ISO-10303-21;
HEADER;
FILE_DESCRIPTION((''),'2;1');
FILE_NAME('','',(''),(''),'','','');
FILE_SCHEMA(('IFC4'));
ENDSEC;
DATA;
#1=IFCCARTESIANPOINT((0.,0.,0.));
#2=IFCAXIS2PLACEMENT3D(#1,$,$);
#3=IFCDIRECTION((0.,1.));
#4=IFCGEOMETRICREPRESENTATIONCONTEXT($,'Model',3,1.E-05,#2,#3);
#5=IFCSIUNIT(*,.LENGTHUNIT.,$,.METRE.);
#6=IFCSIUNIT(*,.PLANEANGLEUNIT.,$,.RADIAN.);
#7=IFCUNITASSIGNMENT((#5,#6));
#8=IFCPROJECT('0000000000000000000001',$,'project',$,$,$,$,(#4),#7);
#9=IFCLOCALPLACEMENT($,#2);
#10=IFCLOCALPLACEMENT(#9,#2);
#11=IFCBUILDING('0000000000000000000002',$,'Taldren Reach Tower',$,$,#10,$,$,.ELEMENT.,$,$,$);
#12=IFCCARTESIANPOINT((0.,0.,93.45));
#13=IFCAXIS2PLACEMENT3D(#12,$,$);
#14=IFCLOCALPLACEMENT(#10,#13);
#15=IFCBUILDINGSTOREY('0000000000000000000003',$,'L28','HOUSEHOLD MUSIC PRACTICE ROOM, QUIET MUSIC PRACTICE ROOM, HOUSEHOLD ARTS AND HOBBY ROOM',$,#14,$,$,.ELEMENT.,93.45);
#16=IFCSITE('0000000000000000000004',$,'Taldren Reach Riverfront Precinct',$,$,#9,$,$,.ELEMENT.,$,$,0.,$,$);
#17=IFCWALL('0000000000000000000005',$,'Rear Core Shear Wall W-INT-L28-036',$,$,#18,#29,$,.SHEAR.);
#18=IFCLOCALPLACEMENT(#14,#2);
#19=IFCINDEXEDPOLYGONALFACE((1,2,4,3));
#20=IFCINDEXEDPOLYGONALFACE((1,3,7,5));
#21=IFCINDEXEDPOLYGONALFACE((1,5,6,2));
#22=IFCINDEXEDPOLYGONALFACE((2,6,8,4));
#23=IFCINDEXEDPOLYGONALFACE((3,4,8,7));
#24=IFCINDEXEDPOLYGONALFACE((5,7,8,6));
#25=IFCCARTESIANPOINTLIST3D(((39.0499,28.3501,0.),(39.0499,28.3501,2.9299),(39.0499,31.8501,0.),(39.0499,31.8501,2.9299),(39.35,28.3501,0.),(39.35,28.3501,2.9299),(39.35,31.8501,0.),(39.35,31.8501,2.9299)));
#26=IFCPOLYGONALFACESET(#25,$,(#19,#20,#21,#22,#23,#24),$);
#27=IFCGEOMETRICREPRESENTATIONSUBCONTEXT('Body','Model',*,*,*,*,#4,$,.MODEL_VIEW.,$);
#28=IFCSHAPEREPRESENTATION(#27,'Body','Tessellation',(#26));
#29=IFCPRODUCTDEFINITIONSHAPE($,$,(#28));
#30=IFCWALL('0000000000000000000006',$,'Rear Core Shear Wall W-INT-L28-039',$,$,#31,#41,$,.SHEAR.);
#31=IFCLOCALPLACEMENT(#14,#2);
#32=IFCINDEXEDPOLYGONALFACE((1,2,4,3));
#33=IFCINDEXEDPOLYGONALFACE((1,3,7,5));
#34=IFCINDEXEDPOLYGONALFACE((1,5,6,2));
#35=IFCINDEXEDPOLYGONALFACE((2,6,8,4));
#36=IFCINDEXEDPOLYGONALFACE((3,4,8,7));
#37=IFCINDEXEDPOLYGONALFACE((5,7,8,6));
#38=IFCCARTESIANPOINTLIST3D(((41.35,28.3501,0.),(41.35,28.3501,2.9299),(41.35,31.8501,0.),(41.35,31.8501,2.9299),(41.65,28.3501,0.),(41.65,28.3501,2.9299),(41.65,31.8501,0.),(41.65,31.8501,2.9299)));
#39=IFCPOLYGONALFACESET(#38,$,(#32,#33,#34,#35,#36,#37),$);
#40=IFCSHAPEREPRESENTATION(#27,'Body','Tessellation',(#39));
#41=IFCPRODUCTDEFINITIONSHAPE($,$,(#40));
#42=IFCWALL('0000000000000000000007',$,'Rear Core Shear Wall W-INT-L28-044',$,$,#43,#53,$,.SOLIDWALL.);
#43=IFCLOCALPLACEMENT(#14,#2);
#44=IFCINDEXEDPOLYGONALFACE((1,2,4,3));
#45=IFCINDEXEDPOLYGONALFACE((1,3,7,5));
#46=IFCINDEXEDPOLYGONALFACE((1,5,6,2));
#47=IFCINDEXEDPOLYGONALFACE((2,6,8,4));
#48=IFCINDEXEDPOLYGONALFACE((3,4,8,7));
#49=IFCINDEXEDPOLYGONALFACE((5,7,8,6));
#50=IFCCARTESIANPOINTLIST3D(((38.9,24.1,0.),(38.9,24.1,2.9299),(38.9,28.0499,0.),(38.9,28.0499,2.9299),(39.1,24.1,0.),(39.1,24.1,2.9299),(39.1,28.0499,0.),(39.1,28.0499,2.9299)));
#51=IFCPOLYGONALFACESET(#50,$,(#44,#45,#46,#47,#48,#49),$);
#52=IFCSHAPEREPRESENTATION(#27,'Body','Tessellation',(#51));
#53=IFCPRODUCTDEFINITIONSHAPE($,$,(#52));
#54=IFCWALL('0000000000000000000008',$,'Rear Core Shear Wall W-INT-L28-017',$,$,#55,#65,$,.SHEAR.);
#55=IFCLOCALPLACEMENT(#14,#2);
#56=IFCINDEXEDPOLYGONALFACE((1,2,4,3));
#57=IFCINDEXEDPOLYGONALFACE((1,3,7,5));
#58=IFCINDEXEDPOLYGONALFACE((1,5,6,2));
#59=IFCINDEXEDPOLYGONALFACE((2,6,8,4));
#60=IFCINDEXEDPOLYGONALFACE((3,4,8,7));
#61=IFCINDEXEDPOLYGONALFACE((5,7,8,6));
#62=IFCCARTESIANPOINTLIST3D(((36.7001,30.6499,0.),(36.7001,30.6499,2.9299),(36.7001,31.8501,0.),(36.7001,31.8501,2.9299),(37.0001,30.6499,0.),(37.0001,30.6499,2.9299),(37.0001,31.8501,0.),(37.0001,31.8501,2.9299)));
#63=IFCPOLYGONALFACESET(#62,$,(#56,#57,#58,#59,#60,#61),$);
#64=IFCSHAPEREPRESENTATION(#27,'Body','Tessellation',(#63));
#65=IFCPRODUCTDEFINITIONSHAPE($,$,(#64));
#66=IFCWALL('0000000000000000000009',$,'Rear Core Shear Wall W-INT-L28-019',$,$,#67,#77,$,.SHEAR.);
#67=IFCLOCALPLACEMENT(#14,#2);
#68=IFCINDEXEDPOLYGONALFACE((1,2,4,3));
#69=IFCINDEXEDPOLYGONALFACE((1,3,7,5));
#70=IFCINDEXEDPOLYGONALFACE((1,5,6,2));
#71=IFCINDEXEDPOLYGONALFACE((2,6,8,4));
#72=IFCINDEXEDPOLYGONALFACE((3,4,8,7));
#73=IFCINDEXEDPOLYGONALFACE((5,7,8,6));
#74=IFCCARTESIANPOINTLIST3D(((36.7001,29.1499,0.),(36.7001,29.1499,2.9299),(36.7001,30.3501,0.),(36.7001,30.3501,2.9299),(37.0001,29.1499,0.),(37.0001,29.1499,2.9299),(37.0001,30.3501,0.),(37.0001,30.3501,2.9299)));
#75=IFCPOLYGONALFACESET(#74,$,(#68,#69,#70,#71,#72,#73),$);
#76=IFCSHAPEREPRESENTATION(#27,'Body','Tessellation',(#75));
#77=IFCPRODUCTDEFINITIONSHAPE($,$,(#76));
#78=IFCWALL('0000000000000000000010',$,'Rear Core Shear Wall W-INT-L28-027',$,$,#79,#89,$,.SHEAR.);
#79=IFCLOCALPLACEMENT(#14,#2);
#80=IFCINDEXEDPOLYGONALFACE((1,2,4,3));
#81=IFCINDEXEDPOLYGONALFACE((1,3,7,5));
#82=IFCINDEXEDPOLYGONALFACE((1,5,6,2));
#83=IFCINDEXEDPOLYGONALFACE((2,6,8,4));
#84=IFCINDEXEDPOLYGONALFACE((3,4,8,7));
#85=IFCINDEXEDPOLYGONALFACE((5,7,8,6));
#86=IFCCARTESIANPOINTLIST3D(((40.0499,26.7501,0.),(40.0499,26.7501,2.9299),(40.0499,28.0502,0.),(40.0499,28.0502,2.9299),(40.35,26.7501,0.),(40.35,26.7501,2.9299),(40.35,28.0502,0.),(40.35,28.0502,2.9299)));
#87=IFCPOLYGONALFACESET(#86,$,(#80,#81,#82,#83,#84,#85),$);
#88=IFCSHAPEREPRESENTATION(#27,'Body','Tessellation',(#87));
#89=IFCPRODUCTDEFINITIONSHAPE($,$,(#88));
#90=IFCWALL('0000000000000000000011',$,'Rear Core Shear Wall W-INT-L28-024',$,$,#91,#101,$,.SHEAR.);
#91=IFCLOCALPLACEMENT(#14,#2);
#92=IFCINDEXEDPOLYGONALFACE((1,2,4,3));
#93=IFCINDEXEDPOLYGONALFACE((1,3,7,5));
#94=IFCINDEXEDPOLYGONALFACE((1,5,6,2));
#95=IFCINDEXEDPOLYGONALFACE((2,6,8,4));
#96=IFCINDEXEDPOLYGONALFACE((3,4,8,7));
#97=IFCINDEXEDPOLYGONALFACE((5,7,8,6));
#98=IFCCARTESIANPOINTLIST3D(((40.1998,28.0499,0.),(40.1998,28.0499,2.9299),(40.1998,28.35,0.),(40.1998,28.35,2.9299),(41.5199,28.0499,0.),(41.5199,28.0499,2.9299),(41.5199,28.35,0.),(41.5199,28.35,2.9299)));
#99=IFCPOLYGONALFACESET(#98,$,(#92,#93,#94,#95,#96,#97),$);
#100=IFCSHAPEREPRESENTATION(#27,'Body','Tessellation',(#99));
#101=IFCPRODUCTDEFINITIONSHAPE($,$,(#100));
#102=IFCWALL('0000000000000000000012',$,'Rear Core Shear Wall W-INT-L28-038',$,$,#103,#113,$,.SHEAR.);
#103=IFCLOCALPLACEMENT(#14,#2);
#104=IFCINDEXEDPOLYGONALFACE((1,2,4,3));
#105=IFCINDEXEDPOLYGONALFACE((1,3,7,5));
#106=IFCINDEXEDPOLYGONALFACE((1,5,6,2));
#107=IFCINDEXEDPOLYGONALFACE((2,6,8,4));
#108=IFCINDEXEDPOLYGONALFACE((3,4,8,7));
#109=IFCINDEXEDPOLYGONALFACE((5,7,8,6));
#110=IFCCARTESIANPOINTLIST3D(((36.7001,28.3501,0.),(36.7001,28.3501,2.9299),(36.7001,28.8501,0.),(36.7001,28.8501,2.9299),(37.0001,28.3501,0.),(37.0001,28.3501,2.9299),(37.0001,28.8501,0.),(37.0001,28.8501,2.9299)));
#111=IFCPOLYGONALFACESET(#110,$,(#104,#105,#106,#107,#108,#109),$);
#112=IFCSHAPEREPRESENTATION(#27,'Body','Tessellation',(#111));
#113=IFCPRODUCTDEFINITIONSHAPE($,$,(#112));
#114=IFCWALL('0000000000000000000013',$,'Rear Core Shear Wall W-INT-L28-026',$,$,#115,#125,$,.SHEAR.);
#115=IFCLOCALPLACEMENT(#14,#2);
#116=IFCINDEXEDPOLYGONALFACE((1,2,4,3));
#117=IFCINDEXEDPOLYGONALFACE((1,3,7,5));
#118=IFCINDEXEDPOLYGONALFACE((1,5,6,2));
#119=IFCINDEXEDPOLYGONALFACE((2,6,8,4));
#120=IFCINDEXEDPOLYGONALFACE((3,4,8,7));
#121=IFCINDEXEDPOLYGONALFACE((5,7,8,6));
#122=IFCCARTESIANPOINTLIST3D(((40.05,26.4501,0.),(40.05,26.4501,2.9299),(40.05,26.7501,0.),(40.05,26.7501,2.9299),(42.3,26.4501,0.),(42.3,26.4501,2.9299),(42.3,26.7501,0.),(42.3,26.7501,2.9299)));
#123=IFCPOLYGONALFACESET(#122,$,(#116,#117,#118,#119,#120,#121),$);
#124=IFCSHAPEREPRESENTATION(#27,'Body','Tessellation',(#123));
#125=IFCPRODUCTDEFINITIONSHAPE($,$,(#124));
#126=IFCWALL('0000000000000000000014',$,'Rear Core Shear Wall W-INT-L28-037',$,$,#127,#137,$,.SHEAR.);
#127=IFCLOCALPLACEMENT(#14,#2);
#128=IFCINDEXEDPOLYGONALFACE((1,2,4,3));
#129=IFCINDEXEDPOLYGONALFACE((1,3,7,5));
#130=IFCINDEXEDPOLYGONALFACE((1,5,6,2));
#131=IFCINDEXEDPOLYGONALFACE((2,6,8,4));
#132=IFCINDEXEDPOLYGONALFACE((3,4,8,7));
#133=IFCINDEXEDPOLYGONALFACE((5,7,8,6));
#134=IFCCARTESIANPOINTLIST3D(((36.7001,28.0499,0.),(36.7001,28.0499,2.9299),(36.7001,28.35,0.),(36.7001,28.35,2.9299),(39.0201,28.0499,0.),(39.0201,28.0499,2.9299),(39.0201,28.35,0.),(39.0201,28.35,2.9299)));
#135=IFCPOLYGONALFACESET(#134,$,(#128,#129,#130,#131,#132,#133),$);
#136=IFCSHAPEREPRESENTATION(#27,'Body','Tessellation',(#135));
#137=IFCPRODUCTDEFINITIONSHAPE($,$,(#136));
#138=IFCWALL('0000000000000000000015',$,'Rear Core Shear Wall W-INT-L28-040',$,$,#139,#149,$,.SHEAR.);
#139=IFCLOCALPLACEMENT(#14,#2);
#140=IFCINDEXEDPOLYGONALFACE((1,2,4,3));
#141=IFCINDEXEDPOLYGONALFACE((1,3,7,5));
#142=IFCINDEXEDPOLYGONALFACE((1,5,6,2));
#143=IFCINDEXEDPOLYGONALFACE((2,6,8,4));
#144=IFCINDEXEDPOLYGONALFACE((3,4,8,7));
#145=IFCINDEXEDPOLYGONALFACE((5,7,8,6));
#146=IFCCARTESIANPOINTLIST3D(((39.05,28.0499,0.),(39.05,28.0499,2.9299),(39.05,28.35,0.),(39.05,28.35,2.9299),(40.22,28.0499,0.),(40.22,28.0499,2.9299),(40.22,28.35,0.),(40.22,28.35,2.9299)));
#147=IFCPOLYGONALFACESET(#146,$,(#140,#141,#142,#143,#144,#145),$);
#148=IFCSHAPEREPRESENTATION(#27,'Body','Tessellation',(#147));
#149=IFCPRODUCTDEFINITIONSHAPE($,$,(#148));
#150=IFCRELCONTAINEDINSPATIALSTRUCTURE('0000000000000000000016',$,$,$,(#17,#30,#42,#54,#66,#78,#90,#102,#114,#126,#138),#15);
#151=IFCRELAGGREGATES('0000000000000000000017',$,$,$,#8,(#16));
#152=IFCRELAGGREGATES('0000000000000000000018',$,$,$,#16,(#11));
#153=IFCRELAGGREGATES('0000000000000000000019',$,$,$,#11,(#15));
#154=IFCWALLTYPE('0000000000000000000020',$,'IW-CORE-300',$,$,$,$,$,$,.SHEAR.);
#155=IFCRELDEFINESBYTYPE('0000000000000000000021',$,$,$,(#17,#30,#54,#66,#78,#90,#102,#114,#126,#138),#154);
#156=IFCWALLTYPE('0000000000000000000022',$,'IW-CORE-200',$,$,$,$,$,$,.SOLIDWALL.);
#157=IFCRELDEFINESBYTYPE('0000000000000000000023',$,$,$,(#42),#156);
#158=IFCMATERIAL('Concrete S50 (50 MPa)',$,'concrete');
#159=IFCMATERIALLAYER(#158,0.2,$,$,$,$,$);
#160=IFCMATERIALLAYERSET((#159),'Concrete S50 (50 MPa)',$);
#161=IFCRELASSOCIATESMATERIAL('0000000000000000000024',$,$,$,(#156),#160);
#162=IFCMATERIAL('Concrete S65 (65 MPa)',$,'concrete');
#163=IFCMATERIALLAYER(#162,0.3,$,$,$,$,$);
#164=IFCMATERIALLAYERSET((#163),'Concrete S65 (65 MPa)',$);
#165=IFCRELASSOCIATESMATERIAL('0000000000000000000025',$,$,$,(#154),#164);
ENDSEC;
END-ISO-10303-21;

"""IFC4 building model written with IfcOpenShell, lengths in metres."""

from ifc_helpers import new_model, si_unit, direction, frame, frame_2d, origin, place, context, subcontext, project, spatial, rectangle, extrude, source, transform, mapped, material, layer, layer_set, type_object, element, save


model = new_model("IFC4")

# Units and contexts
model_context = context("Model", 3, precision=1e-05, world=origin(), true_north=direction((0.0, 1.0)))
body_context = subcontext(model_context, "Body", "Model", "MODEL_VIEW")
ifc_project = project(units=[si_unit("LENGTHUNIT", "METRE"), si_unit("PLANEANGLEUNIT", "RADIAN")], contexts=[model_context])

# Site, building, storey
site_placement = place(None, origin())
site = spatial("IfcSite", under=ifc_project, at=site_placement, Name="Taldren Reach Riverfront Precinct", CompositionType="ELEMENT", RefElevation=0.0)
building_placement = place(site_placement, origin())
building = spatial("IfcBuilding", under=site, at=building_placement, Name="Taldren Reach Tower", CompositionType="ELEMENT")
storey_placement = place(building_placement, frame((0.0, 0.0, 93.45)))
storey = spatial("IfcBuildingStorey", under=building, at=storey_placement, Name="L28", Description="HOUSEHOLD MUSIC PRACTICE ROOM, QUIET MUSIC PRACTICE ROOM, HOUSEHOLD ARTS AND HOBBY ROOM", CompositionType="ELEMENT", Elevation=93.45)

# Shared definitions
ifc_material_1 = material(Name="Concrete S65 (65 MPa)", Category="concrete")

# Shared definitions
ifc_material_2 = material(Name="Concrete S50 (50 MPa)", Category="concrete")
ifc_layer_1 = layer(ifc_material_2, 0.2)
ifc_layer_set_1 = layer_set([ifc_layer_1], Name="Concrete S50 (50 MPa)")
wall_type_1 = type_object("IfcWallType", Name="IW-CORE-200", PredefinedType="SOLIDWALL", material=ifc_layer_set_1)

# Walls
ifc_layer_2 = layer(ifc_material_1, 0.3)
ifc_layer_set_2 = layer_set([ifc_layer_2], Name="Concrete S65 (65 MPa)")
wall_type_2 = type_object("IfcWallType", Name="IW-CORE-300", PredefinedType="SHEAR", material=ifc_layer_set_2)
shared_shape_1 = source(origin(), body_context, "Body", "SweptSolid", [
    extrude(rectangle(XDim=3.5, YDim=0.3, at=frame_2d((1.75, 0.0))), origin(), (0.0, 0.0, 1.0), 2.9299),
])
for number, where, z_axis, x_axis, name in (
    (1, (39.2, 28.3501, 0.0), (0.0, 0.0, 1.0), (0.0, 1.0, 0.0), "Rear Core Shear Wall W-INT-L28-036"),
    (2, (41.5, 28.3501, 0.0), (0.0, 0.0, 1.0), (0.0, 1.0, 0.0), "Rear Core Shear Wall W-INT-L28-039"),
):
    element("IfcWall", number, at=place(storey_placement, frame(where, z_axis=z_axis, x_axis=x_axis)), inside=storey, type_object=wall_type_2, Name=name, PredefinedType="SHEAR", context=body_context, shape_type="MappedRepresentation", body=[
        mapped(shared_shape_1, transform((0.0, 0.0, 0.0), scale=1.0)),
    ])
shared_shape_2 = source(origin(), body_context, "Body", "SweptSolid", [
    extrude(rectangle(XDim=3.95, YDim=0.2, at=frame_2d((1.9751, 0.0))), origin(), (0.0, 0.0, 1.0), 2.9299),
])
wall_1_placement = place(storey_placement, frame((39.0, 28.05, 0.0), z_axis=(0.0, 0.0, 1.0), x_axis=(0.0, -1.0, 0.0)))
element("IfcWall", 3, at=wall_1_placement, inside=storey, type_object=wall_type_1, Name="Rear Core Shear Wall W-INT-L28-044", PredefinedType="SOLIDWALL", context=body_context, shape_type="MappedRepresentation", body=[
    mapped(shared_shape_2, transform((0.0, 0.0, 0.0), scale=1.0)),
])
shared_shape_3 = source(origin(), body_context, "Body", "SweptSolid", [
    extrude(rectangle(XDim=1.2002, YDim=0.3, at=frame_2d((0.6001, 0.0))), origin(), (0.0, 0.0, 1.0), 2.9299),
])
for number, where, z_axis, x_axis, name in (
    (4, (36.8501, 30.6499, 0.0), (0.0, 0.0, 1.0), (0.0, 1.0, 0.0), "Rear Core Shear Wall W-INT-L28-017"),
    (5, (36.8501, 29.1499, 0.0), (0.0, 0.0, 1.0), (0.0, 1.0, 0.0), "Rear Core Shear Wall W-INT-L28-019"),
):
    element("IfcWall", number, at=place(storey_placement, frame(where, z_axis=z_axis, x_axis=x_axis)), inside=storey, type_object=wall_type_2, Name=name, PredefinedType="SHEAR", context=body_context, shape_type="MappedRepresentation", body=[
        mapped(shared_shape_3, transform((0.0, 0.0, 0.0), scale=1.0)),
    ])
shared_shape_4 = source(origin(), body_context, "Body", "SweptSolid", [
    extrude(rectangle(XDim=1.3, YDim=0.3, at=frame_2d((0.6499, 0.0))), origin(), (0.0, 0.0, 1.0), 2.9299),
])
wall_2_placement = place(storey_placement, frame((40.2, 28.05, 0.0), z_axis=(0.0, 0.0, 1.0), x_axis=(0.0, -1.0, 0.0)))
element("IfcWall", 6, at=wall_2_placement, inside=storey, type_object=wall_type_2, Name="Rear Core Shear Wall W-INT-L28-027", PredefinedType="SHEAR", context=body_context, shape_type="MappedRepresentation", body=[
    mapped(shared_shape_4, transform((0.0, 0.0, 0.0), scale=1.0)),
])
shared_shape_5 = source(origin(), body_context, "Body", "SweptSolid", [
    extrude(rectangle(XDim=1.3201, YDim=0.3, at=frame_2d((0.6602, 0.0))), origin(), (0.0, 0.0, 1.0), 2.9299),
])
wall_3_placement = place(storey_placement, frame((41.52, 28.2, 0.0), z_axis=(0.0, 0.0, 1.0), x_axis=(-1.0, 0.0, 0.0)))
element("IfcWall", 7, at=wall_3_placement, inside=storey, type_object=wall_type_2, Name="Rear Core Shear Wall W-INT-L28-024", PredefinedType="SHEAR", context=body_context, shape_type="MappedRepresentation", body=[
    mapped(shared_shape_5, transform((0.0, 0.0, 0.0), scale=1.0)),
])
shared_shape_6 = source(origin(), body_context, "Body", "SweptSolid", [
    extrude(rectangle(XDim=0.5, YDim=0.3, at=frame_2d((0.25, 0.0))), origin(), (0.0, 0.0, 1.0), 2.9299),
])
wall_4_placement = place(storey_placement, frame((36.8501, 28.8501, 0.0), z_axis=(0.0, 0.0, 1.0), x_axis=(0.0, -1.0, 0.0)))
element("IfcWall", 8, at=wall_4_placement, inside=storey, type_object=wall_type_2, Name="Rear Core Shear Wall W-INT-L28-038", PredefinedType="SHEAR", context=body_context, shape_type="MappedRepresentation", body=[
    mapped(shared_shape_6, transform((0.0, 0.0, 0.0), scale=1.0)),
])
shared_shape_7 = source(origin(), body_context, "Body", "SweptSolid", [
    extrude(rectangle(XDim=2.25, YDim=0.3, at=frame_2d((1.125, 0.0))), origin(), (0.0, 0.0, 1.0), 2.9299),
])
wall_5_placement = place(storey_placement, frame((40.05, 26.6001, 0.0), z_axis=(0.0, 0.0, 1.0), x_axis=(1.0, 0.0, 0.0)))
element("IfcWall", 9, at=wall_5_placement, inside=storey, type_object=wall_type_2, Name="Rear Core Shear Wall W-INT-L28-026", PredefinedType="SHEAR", context=body_context, shape_type="MappedRepresentation", body=[
    mapped(shared_shape_7, transform((0.0, 0.0, 0.0), scale=1.0)),
])
shared_shape_8 = source(origin(), body_context, "Body", "SweptSolid", [
    extrude(rectangle(XDim=2.3201, YDim=0.3, at=frame_2d((1.1602, 0.0))), origin(), (0.0, 0.0, 1.0), 2.9299),
])
wall_6_placement = place(storey_placement, frame((36.7, 28.2, 0.0), z_axis=(0.0, 0.0, 1.0), x_axis=(1.0, 0.0, 0.0)))
element("IfcWall", 10, at=wall_6_placement, inside=storey, type_object=wall_type_2, Name="Rear Core Shear Wall W-INT-L28-037", PredefinedType="SHEAR", context=body_context, shape_type="MappedRepresentation", body=[
    mapped(shared_shape_8, transform((0.0, 0.0, 0.0), scale=1.0)),
])
shared_shape_9 = source(origin(), body_context, "Body", "SweptSolid", [
    extrude(rectangle(XDim=1.1699, YDim=0.3, at=frame_2d((0.585, 0.0))), origin(), (0.0, 0.0, 1.0), 2.9299),
])
wall_7_placement = place(storey_placement, frame((39.05, 28.2, 0.0), z_axis=(0.0, 0.0, 1.0), x_axis=(1.0, 0.0, 0.0)))
element("IfcWall", 11, at=wall_7_placement, inside=storey, type_object=wall_type_2, Name="Rear Core Shear Wall W-INT-L28-040", PredefinedType="SHEAR", context=body_context, shape_type="MappedRepresentation", body=[
    mapped(shared_shape_9, transform((0.0, 0.0, 0.0), scale=1.0)),
])

save(model, "model.ifc")
